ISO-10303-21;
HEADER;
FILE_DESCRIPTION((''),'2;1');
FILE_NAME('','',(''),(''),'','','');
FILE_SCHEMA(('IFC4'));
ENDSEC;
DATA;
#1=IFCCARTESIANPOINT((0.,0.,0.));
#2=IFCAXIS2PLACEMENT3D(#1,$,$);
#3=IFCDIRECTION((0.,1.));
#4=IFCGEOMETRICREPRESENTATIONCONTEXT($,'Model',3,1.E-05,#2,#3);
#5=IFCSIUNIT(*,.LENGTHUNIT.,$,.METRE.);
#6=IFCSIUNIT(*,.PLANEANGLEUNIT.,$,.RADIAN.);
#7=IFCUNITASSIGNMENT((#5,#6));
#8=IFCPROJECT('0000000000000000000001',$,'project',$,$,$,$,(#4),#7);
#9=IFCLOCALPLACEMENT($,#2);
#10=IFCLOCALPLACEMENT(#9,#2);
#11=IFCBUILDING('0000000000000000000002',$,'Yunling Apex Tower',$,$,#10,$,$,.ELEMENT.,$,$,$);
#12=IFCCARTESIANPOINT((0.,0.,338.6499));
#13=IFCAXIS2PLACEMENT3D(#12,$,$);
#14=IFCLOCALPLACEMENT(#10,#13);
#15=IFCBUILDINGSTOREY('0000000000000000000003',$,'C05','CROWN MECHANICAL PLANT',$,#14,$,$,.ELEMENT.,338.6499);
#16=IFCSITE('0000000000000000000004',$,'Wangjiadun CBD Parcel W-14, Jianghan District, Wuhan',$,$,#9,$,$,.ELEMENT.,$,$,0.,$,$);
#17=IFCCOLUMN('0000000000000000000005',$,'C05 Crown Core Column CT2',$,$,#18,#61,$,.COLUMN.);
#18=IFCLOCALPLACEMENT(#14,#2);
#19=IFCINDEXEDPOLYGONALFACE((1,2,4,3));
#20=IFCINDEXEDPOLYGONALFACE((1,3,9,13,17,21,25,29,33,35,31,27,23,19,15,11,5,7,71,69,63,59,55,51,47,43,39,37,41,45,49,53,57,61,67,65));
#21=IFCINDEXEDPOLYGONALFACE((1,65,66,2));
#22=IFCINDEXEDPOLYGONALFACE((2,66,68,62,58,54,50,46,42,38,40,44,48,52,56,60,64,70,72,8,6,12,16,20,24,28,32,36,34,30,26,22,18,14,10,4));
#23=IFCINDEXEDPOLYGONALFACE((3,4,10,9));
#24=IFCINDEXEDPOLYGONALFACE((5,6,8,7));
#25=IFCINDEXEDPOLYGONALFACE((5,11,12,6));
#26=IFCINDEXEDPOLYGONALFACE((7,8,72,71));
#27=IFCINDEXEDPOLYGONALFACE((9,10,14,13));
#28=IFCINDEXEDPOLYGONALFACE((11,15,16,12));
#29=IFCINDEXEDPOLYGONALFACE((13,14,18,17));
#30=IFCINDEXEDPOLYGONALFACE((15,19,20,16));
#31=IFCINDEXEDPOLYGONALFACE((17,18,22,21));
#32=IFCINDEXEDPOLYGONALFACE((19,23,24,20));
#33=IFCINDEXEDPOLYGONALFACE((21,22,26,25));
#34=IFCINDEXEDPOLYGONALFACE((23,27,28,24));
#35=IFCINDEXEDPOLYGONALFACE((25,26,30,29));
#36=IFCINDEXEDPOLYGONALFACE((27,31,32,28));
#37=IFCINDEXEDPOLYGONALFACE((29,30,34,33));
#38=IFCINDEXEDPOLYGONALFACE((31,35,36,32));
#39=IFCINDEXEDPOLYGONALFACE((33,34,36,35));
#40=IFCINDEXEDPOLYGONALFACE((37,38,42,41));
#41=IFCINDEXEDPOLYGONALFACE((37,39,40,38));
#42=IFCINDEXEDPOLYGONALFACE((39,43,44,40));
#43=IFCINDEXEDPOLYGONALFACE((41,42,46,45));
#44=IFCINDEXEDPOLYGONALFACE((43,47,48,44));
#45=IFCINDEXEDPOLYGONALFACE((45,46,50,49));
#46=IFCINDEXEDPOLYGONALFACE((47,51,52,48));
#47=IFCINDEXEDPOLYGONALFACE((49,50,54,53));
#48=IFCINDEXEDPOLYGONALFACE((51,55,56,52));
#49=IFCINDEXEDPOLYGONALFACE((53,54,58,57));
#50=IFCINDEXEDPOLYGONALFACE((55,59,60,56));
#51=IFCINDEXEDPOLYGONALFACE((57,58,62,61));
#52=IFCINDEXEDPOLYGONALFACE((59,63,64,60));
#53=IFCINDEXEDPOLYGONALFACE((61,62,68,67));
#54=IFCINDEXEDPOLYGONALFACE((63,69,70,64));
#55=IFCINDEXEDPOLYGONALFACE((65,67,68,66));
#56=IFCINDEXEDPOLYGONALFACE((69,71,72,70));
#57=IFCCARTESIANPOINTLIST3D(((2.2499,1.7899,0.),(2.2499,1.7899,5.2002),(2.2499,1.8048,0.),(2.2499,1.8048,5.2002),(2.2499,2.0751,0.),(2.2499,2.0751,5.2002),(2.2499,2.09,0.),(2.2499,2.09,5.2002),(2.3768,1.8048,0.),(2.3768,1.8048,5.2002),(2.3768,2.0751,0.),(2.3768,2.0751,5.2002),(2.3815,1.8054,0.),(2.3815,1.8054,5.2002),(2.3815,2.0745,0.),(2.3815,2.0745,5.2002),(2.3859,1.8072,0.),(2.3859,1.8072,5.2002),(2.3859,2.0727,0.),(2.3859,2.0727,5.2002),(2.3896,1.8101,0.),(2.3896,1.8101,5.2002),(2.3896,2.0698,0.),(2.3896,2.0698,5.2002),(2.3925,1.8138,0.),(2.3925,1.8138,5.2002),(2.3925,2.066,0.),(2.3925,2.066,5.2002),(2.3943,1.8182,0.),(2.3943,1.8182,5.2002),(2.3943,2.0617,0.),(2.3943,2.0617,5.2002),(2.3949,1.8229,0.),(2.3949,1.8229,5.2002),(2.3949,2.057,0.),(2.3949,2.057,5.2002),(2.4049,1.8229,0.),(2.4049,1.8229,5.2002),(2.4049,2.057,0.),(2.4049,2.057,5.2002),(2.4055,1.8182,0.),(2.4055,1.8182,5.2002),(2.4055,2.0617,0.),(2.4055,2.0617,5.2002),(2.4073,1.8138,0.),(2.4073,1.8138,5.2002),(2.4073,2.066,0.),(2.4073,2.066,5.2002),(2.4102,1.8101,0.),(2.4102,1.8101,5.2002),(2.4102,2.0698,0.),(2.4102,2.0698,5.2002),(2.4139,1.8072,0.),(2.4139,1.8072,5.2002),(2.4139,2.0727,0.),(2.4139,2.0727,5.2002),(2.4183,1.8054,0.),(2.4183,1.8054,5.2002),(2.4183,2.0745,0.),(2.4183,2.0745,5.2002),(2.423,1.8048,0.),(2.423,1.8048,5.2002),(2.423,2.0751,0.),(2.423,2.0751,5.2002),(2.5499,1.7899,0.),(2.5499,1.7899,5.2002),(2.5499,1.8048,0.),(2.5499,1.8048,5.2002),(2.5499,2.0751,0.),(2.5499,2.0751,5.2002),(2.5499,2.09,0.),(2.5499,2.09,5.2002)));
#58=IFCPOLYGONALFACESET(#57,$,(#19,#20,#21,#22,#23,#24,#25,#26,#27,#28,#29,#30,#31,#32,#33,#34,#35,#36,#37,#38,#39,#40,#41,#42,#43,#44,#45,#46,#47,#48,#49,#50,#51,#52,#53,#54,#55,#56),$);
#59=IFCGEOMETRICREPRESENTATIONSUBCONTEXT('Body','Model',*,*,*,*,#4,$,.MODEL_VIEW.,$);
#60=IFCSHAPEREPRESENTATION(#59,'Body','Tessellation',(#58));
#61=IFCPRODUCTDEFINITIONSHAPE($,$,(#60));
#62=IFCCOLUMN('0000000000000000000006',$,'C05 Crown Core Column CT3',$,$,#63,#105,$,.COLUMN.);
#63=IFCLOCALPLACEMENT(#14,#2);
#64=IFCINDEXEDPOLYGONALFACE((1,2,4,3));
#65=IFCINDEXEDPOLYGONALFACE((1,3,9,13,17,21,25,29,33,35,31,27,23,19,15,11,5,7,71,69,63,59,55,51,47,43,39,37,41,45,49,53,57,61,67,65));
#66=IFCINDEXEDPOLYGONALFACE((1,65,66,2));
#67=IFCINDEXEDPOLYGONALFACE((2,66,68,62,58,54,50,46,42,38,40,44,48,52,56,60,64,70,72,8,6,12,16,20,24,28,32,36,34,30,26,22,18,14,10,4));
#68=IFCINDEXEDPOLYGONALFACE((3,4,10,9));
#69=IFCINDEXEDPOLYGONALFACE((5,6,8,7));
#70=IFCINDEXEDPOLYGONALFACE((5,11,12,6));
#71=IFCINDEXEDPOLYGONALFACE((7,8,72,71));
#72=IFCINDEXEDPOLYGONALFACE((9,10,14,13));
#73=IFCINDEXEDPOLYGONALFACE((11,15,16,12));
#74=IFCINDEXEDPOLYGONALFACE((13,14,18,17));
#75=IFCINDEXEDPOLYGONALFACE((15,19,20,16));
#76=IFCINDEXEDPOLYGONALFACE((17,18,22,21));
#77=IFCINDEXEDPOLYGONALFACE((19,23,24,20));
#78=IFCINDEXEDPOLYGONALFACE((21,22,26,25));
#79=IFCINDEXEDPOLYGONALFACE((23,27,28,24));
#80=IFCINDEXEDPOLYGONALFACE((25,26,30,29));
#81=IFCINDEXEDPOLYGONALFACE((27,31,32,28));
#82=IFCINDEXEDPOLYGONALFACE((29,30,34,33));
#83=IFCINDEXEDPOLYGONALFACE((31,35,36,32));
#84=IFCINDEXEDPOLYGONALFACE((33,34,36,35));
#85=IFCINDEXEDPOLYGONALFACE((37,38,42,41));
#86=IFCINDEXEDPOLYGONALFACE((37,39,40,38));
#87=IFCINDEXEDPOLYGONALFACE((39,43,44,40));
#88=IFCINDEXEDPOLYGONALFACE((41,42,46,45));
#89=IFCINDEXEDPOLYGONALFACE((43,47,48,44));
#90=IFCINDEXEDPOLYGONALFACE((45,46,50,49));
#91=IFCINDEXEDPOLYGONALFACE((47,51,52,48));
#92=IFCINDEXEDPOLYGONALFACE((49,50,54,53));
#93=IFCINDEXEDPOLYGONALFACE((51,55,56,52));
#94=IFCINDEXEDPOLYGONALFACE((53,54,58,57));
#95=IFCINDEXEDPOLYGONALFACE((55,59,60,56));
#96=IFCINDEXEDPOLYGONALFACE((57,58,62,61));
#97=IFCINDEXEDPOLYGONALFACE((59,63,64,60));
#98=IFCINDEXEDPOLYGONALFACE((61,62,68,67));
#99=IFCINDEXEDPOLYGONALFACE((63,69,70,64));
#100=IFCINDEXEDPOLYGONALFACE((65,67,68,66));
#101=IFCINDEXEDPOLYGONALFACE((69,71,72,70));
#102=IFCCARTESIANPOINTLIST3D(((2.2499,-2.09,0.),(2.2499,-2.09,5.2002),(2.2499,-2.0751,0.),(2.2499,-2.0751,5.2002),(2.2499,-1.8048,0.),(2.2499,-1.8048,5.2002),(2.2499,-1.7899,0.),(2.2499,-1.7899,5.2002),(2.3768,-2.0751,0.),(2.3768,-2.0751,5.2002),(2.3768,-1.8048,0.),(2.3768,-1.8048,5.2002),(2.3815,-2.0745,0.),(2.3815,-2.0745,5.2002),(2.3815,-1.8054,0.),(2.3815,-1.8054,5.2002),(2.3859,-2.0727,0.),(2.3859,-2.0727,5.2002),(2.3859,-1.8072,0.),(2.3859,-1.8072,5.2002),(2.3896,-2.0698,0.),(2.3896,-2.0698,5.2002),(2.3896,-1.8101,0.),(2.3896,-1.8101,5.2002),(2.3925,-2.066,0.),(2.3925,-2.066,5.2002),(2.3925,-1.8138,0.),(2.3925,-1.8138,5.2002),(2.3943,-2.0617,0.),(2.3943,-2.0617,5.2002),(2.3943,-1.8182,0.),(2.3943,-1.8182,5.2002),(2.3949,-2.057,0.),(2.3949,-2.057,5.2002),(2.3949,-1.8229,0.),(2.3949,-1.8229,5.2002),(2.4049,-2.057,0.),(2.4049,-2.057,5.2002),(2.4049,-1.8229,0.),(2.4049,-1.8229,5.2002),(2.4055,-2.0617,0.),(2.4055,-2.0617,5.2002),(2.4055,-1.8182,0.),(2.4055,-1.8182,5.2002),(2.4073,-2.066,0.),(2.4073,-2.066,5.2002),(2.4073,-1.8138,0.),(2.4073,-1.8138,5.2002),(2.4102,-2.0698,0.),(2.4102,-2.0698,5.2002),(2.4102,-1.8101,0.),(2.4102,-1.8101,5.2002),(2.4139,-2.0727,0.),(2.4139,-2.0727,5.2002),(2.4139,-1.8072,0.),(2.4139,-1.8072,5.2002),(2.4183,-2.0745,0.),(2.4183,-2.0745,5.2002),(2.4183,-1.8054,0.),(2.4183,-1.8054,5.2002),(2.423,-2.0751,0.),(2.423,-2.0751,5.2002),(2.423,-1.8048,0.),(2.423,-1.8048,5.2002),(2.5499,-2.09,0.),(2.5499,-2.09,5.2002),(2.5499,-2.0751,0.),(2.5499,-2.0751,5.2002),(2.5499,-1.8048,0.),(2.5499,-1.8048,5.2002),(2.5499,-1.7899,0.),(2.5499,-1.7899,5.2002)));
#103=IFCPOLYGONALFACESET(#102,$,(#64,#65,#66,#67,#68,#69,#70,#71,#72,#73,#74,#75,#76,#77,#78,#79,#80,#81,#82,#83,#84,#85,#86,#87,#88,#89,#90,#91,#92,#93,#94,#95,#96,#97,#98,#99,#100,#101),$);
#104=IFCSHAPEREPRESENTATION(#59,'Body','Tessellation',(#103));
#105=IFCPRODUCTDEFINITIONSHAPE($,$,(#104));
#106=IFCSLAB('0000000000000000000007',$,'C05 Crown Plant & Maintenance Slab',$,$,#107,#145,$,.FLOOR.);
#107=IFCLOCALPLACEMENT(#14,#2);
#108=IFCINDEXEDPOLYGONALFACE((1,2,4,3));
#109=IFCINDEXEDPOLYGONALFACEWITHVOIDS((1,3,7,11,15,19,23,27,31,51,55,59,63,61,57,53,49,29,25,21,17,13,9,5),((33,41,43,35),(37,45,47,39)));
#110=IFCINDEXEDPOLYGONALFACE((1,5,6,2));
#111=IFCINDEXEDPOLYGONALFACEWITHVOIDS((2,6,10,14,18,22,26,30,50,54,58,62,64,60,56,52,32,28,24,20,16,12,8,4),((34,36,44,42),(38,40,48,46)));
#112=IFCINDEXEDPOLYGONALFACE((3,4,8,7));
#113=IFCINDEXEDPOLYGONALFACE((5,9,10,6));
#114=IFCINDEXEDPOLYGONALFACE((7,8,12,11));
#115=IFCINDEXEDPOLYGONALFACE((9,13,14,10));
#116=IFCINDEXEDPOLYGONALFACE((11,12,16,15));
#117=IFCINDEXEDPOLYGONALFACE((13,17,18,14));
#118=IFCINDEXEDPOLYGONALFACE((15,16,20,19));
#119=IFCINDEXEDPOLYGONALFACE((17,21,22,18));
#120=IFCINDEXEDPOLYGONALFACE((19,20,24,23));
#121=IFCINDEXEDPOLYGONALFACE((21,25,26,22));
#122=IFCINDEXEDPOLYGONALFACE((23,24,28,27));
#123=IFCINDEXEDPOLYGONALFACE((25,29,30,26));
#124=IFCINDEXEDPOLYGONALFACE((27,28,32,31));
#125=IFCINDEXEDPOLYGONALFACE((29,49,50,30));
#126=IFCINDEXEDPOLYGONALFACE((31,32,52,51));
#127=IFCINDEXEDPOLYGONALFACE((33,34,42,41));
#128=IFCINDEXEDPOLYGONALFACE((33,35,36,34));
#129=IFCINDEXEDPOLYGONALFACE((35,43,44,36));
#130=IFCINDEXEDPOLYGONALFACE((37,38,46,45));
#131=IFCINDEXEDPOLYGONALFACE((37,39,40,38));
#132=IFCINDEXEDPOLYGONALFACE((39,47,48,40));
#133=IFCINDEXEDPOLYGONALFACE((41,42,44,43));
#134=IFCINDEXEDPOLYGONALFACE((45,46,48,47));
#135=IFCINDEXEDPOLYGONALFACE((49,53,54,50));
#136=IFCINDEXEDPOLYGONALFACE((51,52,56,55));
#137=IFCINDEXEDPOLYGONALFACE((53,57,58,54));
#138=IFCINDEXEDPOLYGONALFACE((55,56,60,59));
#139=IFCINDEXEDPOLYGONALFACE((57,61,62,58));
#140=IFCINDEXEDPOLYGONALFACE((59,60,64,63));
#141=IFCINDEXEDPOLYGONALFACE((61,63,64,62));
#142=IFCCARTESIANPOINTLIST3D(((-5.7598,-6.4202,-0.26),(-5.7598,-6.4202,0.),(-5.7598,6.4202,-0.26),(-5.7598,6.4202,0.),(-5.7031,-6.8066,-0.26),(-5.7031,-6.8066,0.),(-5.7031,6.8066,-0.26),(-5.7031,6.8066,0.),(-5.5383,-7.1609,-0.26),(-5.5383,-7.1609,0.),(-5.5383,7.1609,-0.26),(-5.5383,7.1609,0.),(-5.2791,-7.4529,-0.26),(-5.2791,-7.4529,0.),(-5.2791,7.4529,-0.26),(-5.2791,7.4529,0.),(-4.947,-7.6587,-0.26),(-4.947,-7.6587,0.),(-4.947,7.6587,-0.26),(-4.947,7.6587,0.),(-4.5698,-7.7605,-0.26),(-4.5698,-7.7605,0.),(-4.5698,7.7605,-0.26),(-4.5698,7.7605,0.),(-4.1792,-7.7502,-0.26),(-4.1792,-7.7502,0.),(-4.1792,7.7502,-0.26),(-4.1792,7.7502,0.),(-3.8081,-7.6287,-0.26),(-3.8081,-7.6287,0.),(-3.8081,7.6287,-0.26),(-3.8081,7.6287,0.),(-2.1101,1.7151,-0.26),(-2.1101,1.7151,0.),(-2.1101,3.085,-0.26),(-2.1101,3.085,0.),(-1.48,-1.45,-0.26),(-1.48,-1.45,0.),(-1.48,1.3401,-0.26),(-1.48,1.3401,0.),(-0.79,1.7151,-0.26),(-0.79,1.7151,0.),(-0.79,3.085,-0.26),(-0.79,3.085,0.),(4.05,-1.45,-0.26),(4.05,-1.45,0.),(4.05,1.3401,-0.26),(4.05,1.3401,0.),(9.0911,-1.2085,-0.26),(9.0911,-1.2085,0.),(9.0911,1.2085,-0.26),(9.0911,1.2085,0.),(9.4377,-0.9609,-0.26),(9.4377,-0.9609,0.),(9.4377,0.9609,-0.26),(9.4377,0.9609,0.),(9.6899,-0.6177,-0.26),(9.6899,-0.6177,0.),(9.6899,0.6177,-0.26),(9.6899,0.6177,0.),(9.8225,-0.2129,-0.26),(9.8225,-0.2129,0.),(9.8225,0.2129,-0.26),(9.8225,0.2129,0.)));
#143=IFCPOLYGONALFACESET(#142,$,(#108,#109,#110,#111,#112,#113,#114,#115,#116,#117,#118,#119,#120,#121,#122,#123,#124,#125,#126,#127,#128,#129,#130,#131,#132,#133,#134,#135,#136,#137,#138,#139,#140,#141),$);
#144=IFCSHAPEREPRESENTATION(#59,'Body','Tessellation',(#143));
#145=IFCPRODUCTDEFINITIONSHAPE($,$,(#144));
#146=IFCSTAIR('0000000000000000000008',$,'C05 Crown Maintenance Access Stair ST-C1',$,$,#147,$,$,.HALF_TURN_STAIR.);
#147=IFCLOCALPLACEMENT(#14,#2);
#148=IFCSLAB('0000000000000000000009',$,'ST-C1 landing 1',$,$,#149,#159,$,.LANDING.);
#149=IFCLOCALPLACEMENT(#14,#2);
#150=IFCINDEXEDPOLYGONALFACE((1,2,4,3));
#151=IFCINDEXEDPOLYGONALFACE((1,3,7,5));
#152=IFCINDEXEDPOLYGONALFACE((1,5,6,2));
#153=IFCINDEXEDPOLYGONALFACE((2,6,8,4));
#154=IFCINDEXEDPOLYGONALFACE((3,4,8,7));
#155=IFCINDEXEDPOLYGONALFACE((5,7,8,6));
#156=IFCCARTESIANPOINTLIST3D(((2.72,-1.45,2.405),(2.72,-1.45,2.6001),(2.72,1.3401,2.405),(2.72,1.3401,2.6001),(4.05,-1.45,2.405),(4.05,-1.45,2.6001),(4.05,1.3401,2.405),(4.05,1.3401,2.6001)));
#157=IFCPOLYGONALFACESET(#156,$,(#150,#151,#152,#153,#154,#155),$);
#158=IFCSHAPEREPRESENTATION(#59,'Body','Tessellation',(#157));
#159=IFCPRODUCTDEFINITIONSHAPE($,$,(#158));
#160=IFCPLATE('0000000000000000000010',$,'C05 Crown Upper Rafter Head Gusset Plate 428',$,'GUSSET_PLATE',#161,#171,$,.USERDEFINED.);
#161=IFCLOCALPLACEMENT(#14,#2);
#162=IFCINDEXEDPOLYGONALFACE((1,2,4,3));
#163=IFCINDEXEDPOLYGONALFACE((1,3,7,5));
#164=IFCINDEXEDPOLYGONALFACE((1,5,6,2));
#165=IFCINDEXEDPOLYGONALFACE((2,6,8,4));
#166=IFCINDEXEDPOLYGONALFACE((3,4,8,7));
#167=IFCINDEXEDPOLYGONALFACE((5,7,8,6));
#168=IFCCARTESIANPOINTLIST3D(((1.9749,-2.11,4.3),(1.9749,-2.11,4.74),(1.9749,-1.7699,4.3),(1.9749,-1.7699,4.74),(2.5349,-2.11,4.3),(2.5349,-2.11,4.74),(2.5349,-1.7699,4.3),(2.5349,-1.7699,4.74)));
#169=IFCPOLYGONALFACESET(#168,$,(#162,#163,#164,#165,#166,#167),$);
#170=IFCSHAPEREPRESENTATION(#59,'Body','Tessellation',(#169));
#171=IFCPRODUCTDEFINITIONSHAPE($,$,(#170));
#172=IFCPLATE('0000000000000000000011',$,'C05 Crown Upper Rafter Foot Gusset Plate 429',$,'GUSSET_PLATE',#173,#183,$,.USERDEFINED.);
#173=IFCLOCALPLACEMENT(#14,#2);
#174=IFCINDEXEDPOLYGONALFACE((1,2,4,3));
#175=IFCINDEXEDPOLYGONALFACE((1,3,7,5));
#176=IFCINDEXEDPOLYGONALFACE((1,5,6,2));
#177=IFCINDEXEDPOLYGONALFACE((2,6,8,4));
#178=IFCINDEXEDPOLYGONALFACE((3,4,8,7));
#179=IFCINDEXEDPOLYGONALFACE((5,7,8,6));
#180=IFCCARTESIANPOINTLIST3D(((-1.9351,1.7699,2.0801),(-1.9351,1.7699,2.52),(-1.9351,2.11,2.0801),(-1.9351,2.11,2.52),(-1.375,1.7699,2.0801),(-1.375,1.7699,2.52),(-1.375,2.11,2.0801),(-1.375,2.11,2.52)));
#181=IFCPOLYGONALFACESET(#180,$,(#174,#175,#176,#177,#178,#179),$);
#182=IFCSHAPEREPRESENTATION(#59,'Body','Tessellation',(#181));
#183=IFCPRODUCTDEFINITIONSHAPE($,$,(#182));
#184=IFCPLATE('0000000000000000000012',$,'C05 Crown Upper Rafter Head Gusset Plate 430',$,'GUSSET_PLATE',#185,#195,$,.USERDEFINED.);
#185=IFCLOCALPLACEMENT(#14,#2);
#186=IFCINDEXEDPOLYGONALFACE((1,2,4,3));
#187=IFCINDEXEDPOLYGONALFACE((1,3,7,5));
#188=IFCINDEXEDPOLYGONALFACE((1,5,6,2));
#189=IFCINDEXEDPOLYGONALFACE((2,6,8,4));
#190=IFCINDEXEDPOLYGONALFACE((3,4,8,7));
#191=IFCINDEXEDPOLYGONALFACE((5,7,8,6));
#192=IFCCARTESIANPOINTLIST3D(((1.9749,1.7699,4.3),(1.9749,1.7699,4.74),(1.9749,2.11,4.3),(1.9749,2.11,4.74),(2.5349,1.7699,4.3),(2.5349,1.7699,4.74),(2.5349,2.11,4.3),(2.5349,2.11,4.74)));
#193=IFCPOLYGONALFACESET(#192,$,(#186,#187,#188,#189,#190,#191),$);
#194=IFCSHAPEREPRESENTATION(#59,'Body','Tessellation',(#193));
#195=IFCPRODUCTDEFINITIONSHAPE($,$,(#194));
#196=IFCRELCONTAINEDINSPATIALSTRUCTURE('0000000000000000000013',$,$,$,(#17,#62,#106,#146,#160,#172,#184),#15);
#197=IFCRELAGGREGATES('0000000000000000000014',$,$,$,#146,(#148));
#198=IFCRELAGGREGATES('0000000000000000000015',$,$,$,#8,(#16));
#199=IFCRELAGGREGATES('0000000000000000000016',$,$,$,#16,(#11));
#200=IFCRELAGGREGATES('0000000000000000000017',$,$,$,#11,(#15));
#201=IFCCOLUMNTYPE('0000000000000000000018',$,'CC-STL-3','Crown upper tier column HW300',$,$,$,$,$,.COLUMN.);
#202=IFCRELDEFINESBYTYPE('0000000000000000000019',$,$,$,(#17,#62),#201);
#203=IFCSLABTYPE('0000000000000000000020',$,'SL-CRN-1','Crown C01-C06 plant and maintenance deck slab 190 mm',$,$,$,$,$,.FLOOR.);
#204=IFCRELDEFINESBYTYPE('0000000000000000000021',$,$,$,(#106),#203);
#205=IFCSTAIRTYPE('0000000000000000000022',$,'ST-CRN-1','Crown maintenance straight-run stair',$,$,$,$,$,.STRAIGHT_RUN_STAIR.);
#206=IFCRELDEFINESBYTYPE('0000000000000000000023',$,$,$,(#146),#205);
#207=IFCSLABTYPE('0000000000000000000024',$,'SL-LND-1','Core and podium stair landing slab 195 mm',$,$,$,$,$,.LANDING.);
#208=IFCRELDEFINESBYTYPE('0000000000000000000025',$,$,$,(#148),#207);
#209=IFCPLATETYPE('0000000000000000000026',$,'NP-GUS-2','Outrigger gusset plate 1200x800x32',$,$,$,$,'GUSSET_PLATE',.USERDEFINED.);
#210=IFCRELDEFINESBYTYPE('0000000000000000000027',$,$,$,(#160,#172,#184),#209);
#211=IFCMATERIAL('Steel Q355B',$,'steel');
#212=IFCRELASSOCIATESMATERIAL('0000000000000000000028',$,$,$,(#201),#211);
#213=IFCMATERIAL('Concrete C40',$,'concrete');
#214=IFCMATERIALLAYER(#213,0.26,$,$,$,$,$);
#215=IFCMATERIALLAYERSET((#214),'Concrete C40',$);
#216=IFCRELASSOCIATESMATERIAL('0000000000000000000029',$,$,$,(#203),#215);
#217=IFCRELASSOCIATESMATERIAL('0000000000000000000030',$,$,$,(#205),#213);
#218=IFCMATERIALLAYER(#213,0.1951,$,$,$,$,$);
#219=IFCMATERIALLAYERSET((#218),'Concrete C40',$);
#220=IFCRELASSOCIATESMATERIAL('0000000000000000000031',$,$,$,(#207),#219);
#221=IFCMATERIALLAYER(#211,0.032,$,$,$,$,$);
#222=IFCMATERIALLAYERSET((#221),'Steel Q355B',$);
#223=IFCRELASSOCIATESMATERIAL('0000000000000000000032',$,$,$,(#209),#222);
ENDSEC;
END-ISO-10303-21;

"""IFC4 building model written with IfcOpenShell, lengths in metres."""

from ifc_helpers import new_model, si_unit, direction, frame, origin, origin_2d, place, context, subcontext, project, spatial, polyline, rectangle, i_section, outline, extrude, source, transform, mapped, material, layer, layer_set, material_profile, profile_set, type_object, element, aggregate, save


model = new_model("IFC4")

# Units and contexts
model_context = context("Model", 3, precision=1e-05, world=origin(), true_north=direction((0.0, 1.0)))
body_context = subcontext(model_context, "Body", "Model", "MODEL_VIEW")
ifc_project = project(units=[si_unit("LENGTHUNIT", "METRE"), si_unit("PLANEANGLEUNIT", "RADIAN")], contexts=[model_context])

# Site, building, storey
site_placement = place(None, origin())
site = spatial("IfcSite", under=ifc_project, at=site_placement, Name="Wangjiadun CBD Parcel W-14, Jianghan District, Wuhan", CompositionType="ELEMENT", RefElevation=0.0)
building_placement = place(site_placement, origin())
building = spatial("IfcBuilding", under=site, at=building_placement, Name="Yunling Apex Tower", CompositionType="ELEMENT")
storey_placement = place(building_placement, frame((0.0, 0.0, 338.6499)))
storey = spatial("IfcBuildingStorey", under=building, at=storey_placement, Name="C05", Description="CROWN MECHANICAL PLANT", CompositionType="ELEMENT", Elevation=338.6499)

# Columns
ifc_material_1 = material(Name="Steel Q355B", Category="steel")
ifc_material_profile = material_profile(ifc_material_1, i_section(OverallWidth=0.3, OverallDepth=0.3, WebThickness=0.01, FlangeThickness=0.0149, FilletRadius=0.0181, at=origin_2d()))
ifc_profile_set = profile_set([ifc_material_profile], Name="Steel Q355B")
column_type = type_object("IfcColumnType", Name="CC-STL-3", Description="Crown upper tier column HW300", PredefinedType="COLUMN", material=ifc_profile_set)
shared_shape_1 = source(origin(), body_context, "Body", "SweptSolid", [
    extrude(i_section(OverallWidth=0.3, OverallDepth=0.3, WebThickness=0.01, FlangeThickness=0.0149, FilletRadius=0.0181, at=origin_2d()), origin(), (0.0, 0.0, 1.0), 5.2002),
])
for number, where, z_axis, x_axis, name in (
    (1, (2.3999, 1.9399, 0.0), (0.0, 0.0, 1.0), (1.0, 0.0, 0.0), "C05 Crown Core Column CT2"),
    (2, (2.3999, -1.9399, 0.0), (0.0, 0.0, 1.0), (1.0, 0.0, 0.0), "C05 Crown Core Column CT3"),
):
    element("IfcColumn", number, at=place(storey_placement, frame(where, z_axis=z_axis, x_axis=x_axis)), inside=storey, type_object=column_type, Name=name, PredefinedType="COLUMN", context=body_context, shape_type="MappedRepresentation", body=[
        mapped(shared_shape_1, transform((0.0, 0.0, 0.0), scale=1.0)),
    ])

# Slab
ifc_material_2 = material(Name="Concrete C40", Category="concrete")
ifc_layer_1 = layer(ifc_material_2, 0.26)
ifc_layer_set_1 = layer_set([ifc_layer_1], Name="Concrete C40")
slab_type_1 = type_object("IfcSlabType", Name="SL-CRN-1", Description="Crown C01-C06 plant and maintenance deck slab 190 mm", PredefinedType="FLOOR", material=ifc_layer_set_1)
slab_1_placement = place(storey_placement, frame((0.0, 0.0, -0.26)))
element("IfcSlab", 3, at=slab_1_placement, inside=storey, type_object=slab_type_1, Name="C05 Crown Plant & Maintenance Slab", PredefinedType="FLOOR", context=body_context, shape_type="SweptSolid", body=[
    extrude(outline(polyline([(-5.7598, -6.4202), (-5.7031, -6.8066), (-5.5383, -7.1609), (-5.2791, -7.4529), (-4.947, -7.6587), (-4.5698, -7.7605), (-4.1792, -7.7502), (-3.8081, -7.6287), (9.0911, -1.2085), (9.4377, -0.9609), (9.6899, -0.6177), (9.8225, -0.2129), (9.8225, 0.2129), (9.6899, 0.6177), (9.4377, 0.9609), (9.0911, 1.2085), (-3.8081, 7.6287), (-4.1792, 7.7502), (-4.5698, 7.7605), (-4.947, 7.6587), (-5.2791, 7.4529), (-5.5383, 7.1609), (-5.7031, 6.8066), (-5.7598, 6.4202), (-5.7598, -6.4202)]), holes=[polyline([(4.05, -1.45), (-1.48, -1.45), (-1.48, 1.3401), (4.05, 1.3401), (4.05, -1.45)]), polyline([(-0.79, 1.7151), (-2.1101, 1.7151), (-2.1101, 3.085), (-0.79, 3.085), (-0.79, 1.7151)])]), origin(), (0.0, 0.0, 1.0), 0.26),
])

# Stair, slab
stair_type = type_object("IfcStairType", Name="ST-CRN-1", Description="Crown maintenance straight-run stair", PredefinedType="STRAIGHT_RUN_STAIR", material=ifc_material_2)
stair_placement = place(storey_placement, origin())
stair = element("IfcStair", 4, at=stair_placement, inside=storey, type_object=stair_type, Name="C05 Crown Maintenance Access Stair ST-C1", PredefinedType="HALF_TURN_STAIR")
ifc_layer_2 = layer(ifc_material_2, 0.1951)
ifc_layer_set_2 = layer_set([ifc_layer_2], Name="Concrete C40")
slab_type_2 = type_object("IfcSlabType", Name="SL-LND-1", Description="Core and podium stair landing slab 195 mm", PredefinedType="LANDING", material=ifc_layer_set_2)
slab_2_placement = place(storey_placement, frame((0.0, 0.0, 2.405)))
slab_2 = element("IfcSlab", 5, at=slab_2_placement, type_object=slab_type_2, Name="ST-C1 landing 1", PredefinedType="LANDING", context=body_context, shape_type="SweptSolid", body=[
    extrude(outline(polyline([(2.72, -1.45), (4.05, -1.45), (4.05, 1.3401), (2.72, 1.3401), (2.72, -1.45)])), origin(), (0.0, 0.0, 1.0), 0.1951),
])

# Plates
ifc_layer_3 = layer(ifc_material_1, 0.032)
ifc_layer_set_3 = layer_set([ifc_layer_3], Name="Steel Q355B")
plate_type_1 = type_object("IfcPlateType", Name="NP-GUS-2", Description="Outrigger gusset plate 1200x800x32", ElementType="GUSSET_PLATE", PredefinedType="USERDEFINED", material=ifc_layer_set_3)
shared_shape_2 = source(origin(), body_context, "Body", "SweptSolid", [
    extrude(rectangle(XDim=0.5601, YDim=0.3401, at=origin_2d()), origin(), (0.0, 0.0, 1.0), 0.4399),
])
for number, where, z_axis, x_axis, name in (
    (6, (2.2549, -1.9399, 4.3), (0.0, 0.0, 1.0), (1.0, 0.0, 0.0), "C05 Crown Upper Rafter Head Gusset Plate 428"),
    (7, (-1.655, 1.9399, 2.0801), (0.0, 0.0, 1.0), (1.0, 0.0, 0.0), "C05 Crown Upper Rafter Foot Gusset Plate 429"),
    (8, (2.2549, 1.9399, 4.3), (0.0, 0.0, 1.0), (1.0, 0.0, 0.0), "C05 Crown Upper Rafter Head Gusset Plate 430"),
):
    element("IfcPlate", number, at=place(storey_placement, frame(where, z_axis=z_axis, x_axis=x_axis)), inside=storey, type_object=plate_type_1, Name=name, ObjectType="GUSSET_PLATE", PredefinedType="USERDEFINED", context=body_context, shape_type="MappedRepresentation", body=[
        mapped(shared_shape_2, transform((0.0, 0.0, 0.0), scale=1.0)),
    ])

aggregate(stair, [slab_2])

save(model, "model.ifc")
